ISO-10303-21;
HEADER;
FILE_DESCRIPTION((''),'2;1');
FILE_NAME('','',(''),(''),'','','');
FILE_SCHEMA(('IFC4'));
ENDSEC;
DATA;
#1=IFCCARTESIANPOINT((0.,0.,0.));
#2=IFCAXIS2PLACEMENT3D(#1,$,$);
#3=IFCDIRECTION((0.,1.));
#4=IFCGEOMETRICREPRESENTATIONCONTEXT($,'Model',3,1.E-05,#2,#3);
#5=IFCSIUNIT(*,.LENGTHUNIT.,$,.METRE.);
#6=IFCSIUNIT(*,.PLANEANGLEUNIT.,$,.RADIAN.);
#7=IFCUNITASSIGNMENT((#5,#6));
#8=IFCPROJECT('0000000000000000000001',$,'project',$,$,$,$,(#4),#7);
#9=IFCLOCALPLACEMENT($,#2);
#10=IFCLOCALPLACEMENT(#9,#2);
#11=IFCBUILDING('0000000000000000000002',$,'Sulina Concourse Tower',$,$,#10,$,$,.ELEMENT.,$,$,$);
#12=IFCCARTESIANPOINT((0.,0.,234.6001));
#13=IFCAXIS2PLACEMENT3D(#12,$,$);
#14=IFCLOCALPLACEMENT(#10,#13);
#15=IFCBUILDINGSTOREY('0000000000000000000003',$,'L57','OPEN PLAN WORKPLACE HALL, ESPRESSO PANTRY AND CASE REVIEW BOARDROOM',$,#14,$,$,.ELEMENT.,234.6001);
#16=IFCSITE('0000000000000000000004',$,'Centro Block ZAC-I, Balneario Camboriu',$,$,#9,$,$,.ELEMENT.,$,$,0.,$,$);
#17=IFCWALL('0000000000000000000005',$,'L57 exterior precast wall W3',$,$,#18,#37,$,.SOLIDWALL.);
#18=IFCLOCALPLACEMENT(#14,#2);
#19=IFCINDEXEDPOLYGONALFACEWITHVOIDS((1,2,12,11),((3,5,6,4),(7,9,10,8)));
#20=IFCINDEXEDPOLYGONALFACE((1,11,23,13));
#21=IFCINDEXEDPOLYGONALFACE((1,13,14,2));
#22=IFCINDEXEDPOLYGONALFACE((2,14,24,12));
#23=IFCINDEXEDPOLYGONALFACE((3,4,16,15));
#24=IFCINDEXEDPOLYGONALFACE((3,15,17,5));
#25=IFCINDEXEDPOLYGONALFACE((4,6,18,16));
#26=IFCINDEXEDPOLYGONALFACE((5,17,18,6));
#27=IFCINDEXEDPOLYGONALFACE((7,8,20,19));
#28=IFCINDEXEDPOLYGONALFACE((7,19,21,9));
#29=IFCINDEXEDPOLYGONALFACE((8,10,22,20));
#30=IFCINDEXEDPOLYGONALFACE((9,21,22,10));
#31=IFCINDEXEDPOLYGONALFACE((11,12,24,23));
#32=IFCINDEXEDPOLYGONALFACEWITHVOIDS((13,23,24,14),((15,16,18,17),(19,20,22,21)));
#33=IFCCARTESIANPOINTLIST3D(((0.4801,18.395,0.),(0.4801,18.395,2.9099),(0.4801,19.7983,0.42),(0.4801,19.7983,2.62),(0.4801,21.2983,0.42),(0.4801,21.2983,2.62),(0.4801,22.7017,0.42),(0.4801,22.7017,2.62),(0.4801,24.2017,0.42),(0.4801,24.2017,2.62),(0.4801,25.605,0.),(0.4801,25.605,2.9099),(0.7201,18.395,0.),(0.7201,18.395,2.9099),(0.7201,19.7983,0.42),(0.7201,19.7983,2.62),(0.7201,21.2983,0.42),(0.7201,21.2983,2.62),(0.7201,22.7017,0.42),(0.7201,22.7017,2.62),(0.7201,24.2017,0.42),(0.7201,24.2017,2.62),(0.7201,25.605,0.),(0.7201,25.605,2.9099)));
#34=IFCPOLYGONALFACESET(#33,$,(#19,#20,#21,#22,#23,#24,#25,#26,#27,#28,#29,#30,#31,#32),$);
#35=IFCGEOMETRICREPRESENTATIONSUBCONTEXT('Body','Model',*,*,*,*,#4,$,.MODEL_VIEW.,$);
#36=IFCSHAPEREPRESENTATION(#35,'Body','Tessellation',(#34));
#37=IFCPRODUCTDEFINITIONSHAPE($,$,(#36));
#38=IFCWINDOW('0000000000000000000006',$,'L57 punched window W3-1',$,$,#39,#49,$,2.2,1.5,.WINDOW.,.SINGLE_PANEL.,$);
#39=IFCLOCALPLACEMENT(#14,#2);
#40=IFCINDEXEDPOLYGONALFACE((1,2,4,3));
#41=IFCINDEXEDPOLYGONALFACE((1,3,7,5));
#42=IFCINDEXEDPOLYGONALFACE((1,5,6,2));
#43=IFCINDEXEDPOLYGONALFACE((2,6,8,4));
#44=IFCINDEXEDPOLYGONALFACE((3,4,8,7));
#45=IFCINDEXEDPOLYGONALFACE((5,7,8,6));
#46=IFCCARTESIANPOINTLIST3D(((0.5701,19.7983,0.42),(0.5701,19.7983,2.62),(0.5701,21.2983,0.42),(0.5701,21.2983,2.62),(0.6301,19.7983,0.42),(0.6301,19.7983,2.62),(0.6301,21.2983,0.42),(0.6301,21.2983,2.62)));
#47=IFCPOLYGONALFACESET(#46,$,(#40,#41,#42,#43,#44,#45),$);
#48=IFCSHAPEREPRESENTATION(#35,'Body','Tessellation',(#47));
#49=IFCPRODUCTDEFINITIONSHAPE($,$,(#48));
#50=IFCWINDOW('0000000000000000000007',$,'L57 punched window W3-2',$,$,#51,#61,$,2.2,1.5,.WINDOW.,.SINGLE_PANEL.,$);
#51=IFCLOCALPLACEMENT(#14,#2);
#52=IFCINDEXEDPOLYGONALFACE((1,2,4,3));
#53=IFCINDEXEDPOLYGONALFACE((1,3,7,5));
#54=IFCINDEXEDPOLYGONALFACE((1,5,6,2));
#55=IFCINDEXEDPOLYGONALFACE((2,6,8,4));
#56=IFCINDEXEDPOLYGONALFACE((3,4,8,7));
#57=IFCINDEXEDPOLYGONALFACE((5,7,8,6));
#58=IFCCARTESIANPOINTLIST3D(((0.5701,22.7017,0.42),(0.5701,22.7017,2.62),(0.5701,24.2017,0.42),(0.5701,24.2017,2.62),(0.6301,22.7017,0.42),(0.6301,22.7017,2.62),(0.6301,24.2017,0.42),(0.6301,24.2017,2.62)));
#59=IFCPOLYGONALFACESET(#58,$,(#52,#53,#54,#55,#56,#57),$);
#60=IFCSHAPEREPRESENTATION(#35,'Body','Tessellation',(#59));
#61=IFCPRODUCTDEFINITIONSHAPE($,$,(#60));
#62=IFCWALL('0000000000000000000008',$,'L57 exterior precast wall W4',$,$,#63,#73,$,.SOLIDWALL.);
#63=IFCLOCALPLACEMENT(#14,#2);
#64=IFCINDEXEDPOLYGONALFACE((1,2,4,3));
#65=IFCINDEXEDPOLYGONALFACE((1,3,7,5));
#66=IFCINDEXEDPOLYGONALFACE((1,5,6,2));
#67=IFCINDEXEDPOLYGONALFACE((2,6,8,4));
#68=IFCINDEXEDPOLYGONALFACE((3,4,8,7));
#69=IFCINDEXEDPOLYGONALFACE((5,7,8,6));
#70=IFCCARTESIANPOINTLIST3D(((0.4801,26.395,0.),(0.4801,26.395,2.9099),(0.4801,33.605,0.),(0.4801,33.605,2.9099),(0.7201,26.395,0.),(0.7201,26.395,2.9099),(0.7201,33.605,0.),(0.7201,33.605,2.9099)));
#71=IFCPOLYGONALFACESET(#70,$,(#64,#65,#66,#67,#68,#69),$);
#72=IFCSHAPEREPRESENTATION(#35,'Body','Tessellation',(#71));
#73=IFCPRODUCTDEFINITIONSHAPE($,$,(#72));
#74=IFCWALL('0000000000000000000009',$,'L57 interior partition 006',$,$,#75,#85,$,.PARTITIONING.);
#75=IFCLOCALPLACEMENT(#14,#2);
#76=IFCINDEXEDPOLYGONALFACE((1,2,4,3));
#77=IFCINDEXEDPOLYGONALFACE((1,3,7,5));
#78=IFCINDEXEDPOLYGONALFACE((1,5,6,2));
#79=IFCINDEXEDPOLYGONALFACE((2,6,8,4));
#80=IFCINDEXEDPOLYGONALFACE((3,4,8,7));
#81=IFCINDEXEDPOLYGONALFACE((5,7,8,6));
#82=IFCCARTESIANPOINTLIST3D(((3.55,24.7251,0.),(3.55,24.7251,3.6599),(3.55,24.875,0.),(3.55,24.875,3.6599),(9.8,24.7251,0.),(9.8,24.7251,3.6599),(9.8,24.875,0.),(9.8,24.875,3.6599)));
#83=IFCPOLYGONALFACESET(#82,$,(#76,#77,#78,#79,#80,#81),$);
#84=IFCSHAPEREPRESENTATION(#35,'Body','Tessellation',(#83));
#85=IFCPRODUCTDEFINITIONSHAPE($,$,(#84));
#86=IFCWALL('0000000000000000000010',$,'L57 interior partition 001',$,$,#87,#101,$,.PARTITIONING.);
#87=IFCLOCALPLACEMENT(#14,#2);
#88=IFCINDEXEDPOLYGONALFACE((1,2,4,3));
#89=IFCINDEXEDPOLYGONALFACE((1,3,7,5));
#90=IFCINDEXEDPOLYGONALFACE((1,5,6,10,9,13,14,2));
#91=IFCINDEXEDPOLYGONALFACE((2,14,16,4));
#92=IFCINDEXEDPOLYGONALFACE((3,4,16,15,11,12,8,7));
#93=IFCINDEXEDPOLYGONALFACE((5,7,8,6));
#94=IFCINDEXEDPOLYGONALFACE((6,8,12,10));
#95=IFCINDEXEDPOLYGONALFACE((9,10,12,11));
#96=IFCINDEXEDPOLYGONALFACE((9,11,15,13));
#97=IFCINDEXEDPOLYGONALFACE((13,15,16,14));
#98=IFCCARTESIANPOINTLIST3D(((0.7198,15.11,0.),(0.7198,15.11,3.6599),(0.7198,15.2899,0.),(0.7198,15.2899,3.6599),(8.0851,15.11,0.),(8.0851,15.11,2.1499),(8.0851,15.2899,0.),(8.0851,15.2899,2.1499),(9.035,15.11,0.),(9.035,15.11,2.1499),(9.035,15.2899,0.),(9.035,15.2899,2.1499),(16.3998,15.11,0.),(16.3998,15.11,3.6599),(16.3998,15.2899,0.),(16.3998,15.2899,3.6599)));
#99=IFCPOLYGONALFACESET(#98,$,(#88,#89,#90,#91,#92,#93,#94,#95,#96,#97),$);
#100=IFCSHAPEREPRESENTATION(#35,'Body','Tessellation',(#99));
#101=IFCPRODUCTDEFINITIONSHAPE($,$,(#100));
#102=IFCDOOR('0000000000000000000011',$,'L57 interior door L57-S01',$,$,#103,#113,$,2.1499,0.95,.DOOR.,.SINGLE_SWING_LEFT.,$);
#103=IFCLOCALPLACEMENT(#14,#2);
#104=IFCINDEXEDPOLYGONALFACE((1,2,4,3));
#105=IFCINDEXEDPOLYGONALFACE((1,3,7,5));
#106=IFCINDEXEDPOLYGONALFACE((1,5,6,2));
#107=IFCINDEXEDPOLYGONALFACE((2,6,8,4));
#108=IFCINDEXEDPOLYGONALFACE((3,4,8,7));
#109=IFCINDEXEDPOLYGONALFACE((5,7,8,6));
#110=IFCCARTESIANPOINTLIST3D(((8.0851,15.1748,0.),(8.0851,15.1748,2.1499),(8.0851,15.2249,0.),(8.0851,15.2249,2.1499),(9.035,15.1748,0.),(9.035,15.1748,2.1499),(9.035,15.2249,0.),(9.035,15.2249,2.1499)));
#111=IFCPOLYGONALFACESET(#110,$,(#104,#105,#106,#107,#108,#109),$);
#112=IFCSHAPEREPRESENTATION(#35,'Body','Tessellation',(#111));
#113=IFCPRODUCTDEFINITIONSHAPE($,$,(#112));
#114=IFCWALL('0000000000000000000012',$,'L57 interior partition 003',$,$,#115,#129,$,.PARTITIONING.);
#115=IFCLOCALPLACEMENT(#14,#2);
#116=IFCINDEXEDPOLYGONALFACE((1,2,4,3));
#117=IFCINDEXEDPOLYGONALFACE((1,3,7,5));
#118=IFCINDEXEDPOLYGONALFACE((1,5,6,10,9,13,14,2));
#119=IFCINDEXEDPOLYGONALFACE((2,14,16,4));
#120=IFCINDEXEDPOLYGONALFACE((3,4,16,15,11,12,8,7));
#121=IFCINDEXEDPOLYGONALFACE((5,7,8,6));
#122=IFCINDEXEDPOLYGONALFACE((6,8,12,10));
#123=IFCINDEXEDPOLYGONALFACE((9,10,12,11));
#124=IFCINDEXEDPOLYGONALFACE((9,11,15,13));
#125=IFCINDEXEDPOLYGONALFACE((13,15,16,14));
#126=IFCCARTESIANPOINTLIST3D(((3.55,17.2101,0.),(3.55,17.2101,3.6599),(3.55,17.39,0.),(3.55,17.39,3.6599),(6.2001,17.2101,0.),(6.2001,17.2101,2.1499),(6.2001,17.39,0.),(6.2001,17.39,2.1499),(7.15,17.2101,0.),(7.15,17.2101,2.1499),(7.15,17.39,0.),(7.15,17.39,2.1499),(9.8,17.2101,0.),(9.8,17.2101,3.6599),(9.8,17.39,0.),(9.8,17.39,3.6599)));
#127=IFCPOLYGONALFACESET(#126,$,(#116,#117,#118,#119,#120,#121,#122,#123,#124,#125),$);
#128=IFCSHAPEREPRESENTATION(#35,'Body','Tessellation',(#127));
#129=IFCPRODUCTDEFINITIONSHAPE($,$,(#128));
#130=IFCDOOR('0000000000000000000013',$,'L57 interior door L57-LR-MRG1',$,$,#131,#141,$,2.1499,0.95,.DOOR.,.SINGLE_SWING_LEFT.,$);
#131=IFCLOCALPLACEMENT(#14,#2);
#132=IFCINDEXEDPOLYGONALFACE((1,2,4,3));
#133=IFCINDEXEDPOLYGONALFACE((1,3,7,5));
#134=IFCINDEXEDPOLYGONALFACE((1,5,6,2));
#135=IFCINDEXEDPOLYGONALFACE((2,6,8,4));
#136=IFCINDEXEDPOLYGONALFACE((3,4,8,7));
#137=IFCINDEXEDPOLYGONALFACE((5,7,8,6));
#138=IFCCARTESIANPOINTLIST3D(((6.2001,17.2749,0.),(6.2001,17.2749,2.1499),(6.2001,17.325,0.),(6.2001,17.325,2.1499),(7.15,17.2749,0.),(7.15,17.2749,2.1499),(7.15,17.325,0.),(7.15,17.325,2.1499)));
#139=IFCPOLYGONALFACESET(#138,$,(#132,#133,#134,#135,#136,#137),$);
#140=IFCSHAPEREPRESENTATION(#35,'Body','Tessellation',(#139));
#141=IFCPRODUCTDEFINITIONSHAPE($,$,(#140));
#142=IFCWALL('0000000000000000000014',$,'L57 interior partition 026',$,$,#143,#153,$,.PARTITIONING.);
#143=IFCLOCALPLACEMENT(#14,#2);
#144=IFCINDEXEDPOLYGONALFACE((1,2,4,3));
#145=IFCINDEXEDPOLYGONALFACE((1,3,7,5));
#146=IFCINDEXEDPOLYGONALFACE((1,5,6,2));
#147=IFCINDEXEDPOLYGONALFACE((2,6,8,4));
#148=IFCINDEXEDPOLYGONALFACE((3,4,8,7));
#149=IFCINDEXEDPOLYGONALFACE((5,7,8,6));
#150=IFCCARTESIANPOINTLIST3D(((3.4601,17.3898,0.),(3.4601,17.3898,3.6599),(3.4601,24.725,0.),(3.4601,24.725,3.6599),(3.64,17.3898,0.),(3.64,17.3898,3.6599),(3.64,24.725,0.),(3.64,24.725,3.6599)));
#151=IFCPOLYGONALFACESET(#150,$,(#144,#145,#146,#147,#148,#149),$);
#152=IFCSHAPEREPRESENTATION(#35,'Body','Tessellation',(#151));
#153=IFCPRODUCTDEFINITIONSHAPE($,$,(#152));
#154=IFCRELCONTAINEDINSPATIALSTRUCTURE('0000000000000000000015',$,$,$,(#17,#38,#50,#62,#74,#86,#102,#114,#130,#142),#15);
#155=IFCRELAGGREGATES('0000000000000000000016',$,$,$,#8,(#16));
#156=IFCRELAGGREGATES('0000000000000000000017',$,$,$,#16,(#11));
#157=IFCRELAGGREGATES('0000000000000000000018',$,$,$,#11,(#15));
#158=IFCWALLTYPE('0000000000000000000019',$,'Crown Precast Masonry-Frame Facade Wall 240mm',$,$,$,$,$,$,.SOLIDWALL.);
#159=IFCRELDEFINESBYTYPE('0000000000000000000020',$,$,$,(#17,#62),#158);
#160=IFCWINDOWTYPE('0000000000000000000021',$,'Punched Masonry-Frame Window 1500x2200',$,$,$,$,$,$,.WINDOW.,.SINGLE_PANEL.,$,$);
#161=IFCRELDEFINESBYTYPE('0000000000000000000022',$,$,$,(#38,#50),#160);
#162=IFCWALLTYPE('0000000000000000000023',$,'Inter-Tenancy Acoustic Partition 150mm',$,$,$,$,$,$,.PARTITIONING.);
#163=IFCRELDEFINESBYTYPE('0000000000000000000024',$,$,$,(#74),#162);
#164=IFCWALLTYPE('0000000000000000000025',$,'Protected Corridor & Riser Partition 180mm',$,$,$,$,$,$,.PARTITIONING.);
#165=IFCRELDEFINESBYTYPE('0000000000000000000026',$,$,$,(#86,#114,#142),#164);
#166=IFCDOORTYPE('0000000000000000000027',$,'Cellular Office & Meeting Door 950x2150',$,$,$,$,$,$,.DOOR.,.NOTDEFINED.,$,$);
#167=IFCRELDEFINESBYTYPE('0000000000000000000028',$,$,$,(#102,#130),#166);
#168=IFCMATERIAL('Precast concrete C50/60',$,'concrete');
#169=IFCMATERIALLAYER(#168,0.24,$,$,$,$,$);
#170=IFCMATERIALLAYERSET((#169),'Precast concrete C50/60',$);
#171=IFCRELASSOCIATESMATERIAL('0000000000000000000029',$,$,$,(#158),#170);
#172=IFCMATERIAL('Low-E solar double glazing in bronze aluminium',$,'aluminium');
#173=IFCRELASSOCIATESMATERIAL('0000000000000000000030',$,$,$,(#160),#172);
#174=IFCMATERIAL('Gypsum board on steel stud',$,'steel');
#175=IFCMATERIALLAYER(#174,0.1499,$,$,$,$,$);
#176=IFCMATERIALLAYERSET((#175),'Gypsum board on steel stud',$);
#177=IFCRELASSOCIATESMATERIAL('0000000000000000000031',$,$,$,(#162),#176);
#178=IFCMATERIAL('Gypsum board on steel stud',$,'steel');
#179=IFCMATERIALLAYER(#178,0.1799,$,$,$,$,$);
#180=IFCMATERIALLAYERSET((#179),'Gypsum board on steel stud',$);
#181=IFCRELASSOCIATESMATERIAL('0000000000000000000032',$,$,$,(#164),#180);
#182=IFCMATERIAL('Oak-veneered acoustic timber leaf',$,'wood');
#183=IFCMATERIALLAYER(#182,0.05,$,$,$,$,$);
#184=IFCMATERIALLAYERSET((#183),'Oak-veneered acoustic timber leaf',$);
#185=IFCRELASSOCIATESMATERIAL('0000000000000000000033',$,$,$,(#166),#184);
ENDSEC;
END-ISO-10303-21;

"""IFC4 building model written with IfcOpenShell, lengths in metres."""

from ifc_helpers import new_model, si_unit, direction, frame, frame_2d, origin, place, context, subcontext, project, spatial, rectangle, extrude, material, layer, layer_set, type_object, element, fill, save


model = new_model("IFC4")

# Units and contexts
model_context = context("Model", 3, precision=1e-05, world=origin(), true_north=direction((0.0, 1.0)))
body_context = subcontext(model_context, "Body", "Model", "MODEL_VIEW")
ifc_project = project(units=[si_unit("LENGTHUNIT", "METRE"), si_unit("PLANEANGLEUNIT", "RADIAN")], contexts=[model_context])

# Site, building, storey
site_placement = place(None, origin())
site = spatial("IfcSite", under=ifc_project, at=site_placement, Name="Centro Block ZAC-I, Balneario Camboriu", CompositionType="ELEMENT", RefElevation=0.0)
building_placement = place(site_placement, origin())
building = spatial("IfcBuilding", under=site, at=building_placement, Name="Sulina Concourse Tower", CompositionType="ELEMENT")
storey_placement = place(building_placement, frame((0.0, 0.0, 234.6001)))
storey = spatial("IfcBuildingStorey", under=building, at=storey_placement, Name="L57", Description="OPEN PLAN WORKPLACE HALL, ESPRESSO PANTRY AND CASE REVIEW BOARDROOM", CompositionType="ELEMENT", Elevation=234.6001)

# Wall, openings, windows
ifc_material_1 = material(Name="Precast concrete C50/60", Category="concrete")
ifc_layer_1 = layer(ifc_material_1, 0.24)
ifc_layer_set_1 = layer_set([ifc_layer_1], Name="Precast concrete C50/60")
wall_type_1 = type_object("IfcWallType", Name="Crown Precast Masonry-Frame Facade Wall 240mm", PredefinedType="SOLIDWALL", material=ifc_layer_set_1)
wall_1_placement = place(storey_placement, frame((0.6001, 18.395, 0.0), z_axis=(0.0, 0.0, 1.0), x_axis=(0.0, 1.0, 0.0)))
wall_1 = element("IfcWall", 1, at=wall_1_placement, inside=storey, type_object=wall_type_1, Name="L57 exterior precast wall W3", PredefinedType="SOLIDWALL", context=body_context, shape_type="SweptSolid", body=[
    extrude(rectangle(XDim=7.21, YDim=0.24, at=frame_2d((3.605, 0.0))), origin(), (0.0, 0.0, 1.0), 2.9099),
])
opening_1_placement = place(wall_1_placement, frame((1.4033, 0.0, 0.4199)))
opening_1 = element("IfcOpeningElement", 2, at=opening_1_placement, cuts=wall_1, PredefinedType="OPENING", context=body_context, shape_type="SweptSolid", body=[
    extrude(rectangle(XDim=1.5, YDim=2.2, at=frame_2d((0.75, 1.1001))), frame((0.0, 0.1299, 0.0), z_axis=(0.0, -1.0, 0.0), x_axis=(1.0, 0.0, 0.0)), (0.0, 0.0, 1.0), 0.26),
])
opening_2_placement = place(wall_1_placement, frame((4.3066, 0.0, 0.4199)))
opening_2 = element("IfcOpeningElement", 3, at=opening_2_placement, cuts=wall_1, PredefinedType="OPENING", context=body_context, shape_type="SweptSolid", body=[
    extrude(rectangle(XDim=1.5, YDim=2.2, at=frame_2d((0.75, 1.1001))), frame((0.0, 0.1299, 0.0), z_axis=(0.0, -1.0, 0.0), x_axis=(1.0, 0.0, 0.0)), (0.0, 0.0, 1.0), 0.26),
])
ifc_material_2 = material(Name="Low-E solar double glazing in bronze aluminium", Category="aluminium")
window_type = type_object("IfcWindowType", Name="Punched Masonry-Frame Window 1500x2200", PartitioningType="SINGLE_PANEL", PredefinedType="WINDOW", material=ifc_material_2)
window_1_placement = place(opening_1_placement, origin())
window_1 = element("IfcWindow", 4, at=window_1_placement, inside=storey, type_object=window_type, Name="L57 punched window W3-1", OverallHeight=2.2, OverallWidth=1.5, PartitioningType="SINGLE_PANEL", PredefinedType="WINDOW", context=body_context, shape_type="SweptSolid", body=[
    extrude(rectangle(XDim=1.5, YDim=2.2, at=frame_2d((0.75, 1.1001))), frame((0.0, 0.03, 0.0), z_axis=(0.0, -1.0, 0.0), x_axis=(1.0, 0.0, 0.0)), (0.0, 0.0, 1.0), 0.0601),
])
fill(opening_1, window_1)
window_2_placement = place(opening_2_placement, origin())
window_2 = element("IfcWindow", 5, at=window_2_placement, inside=storey, type_object=window_type, Name="L57 punched window W3-2", OverallHeight=2.2, OverallWidth=1.5, PartitioningType="SINGLE_PANEL", PredefinedType="WINDOW", context=body_context, shape_type="SweptSolid", body=[
    extrude(rectangle(XDim=1.5, YDim=2.2, at=frame_2d((0.75, 1.1001))), frame((0.0, 0.03, 0.0), z_axis=(0.0, -1.0, 0.0), x_axis=(1.0, 0.0, 0.0)), (0.0, 0.0, 1.0), 0.0601),
])
fill(opening_2, window_2)

# Walls
wall_2_placement = place(storey_placement, frame((0.6001, 26.395, 0.0), z_axis=(0.0, 0.0, 1.0), x_axis=(0.0, 1.0, 0.0)))
element("IfcWall", 6, at=wall_2_placement, inside=storey, type_object=wall_type_1, Name="L57 exterior precast wall W4", PredefinedType="SOLIDWALL", context=body_context, shape_type="SweptSolid", body=[
    extrude(rectangle(XDim=7.21, YDim=0.24, at=frame_2d((3.605, 0.0))), origin(), (0.0, 0.0, 1.0), 2.9099),
])
ifc_material_3 = material(Name="Gypsum board on steel stud", Category="steel")
ifc_layer_2 = layer(ifc_material_3, 0.1499)
ifc_layer_set_2 = layer_set([ifc_layer_2], Name="Gypsum board on steel stud")
wall_type_2 = type_object("IfcWallType", Name="Inter-Tenancy Acoustic Partition 150mm", PredefinedType="PARTITIONING", material=ifc_layer_set_2)
wall_3_placement = place(storey_placement, frame((3.55, 24.8, 0.0), z_axis=(0.0, 0.0, 1.0), x_axis=(1.0, 0.0, 0.0)))
element("IfcWall", 7, at=wall_3_placement, inside=storey, type_object=wall_type_2, Name="L57 interior partition 006", PredefinedType="PARTITIONING", context=body_context, shape_type="SweptSolid", body=[
    extrude(rectangle(XDim=6.25, YDim=0.1499, at=frame_2d((3.125, 0.0))), origin(), (0.0, 0.0, 1.0), 3.6599),
])

# Walls, openings, doors
ifc_material_4 = material(Name="Gypsum board on steel stud", Category="steel")
ifc_layer_3 = layer(ifc_material_4, 0.1799)
ifc_layer_set_3 = layer_set([ifc_layer_3], Name="Gypsum board on steel stud")
wall_type_3 = type_object("IfcWallType", Name="Protected Corridor & Riser Partition 180mm", PredefinedType="PARTITIONING", material=ifc_layer_set_3)
wall_4_placement = place(storey_placement, frame((0.72, 15.2, 0.0), z_axis=(0.0, 0.0, 1.0), x_axis=(1.0, 0.0, 0.0)))
wall_4 = element("IfcWall", 8, at=wall_4_placement, inside=storey, type_object=wall_type_3, Name="L57 interior partition 001", PredefinedType="PARTITIONING", context=body_context, shape_type="SweptSolid", body=[
    extrude(rectangle(XDim=15.6799, YDim=0.1799, at=frame_2d((7.8398, 0.0))), origin(), (0.0, 0.0, 1.0), 3.6599),
])
opening_3_placement = place(wall_4_placement, frame((7.365, 0.0, 0.0)))
opening_3 = element("IfcOpeningElement", 9, at=opening_3_placement, cuts=wall_4, PredefinedType="OPENING", context=body_context, shape_type="SweptSolid", body=[
    extrude(rectangle(XDim=0.95, YDim=2.1499, at=frame_2d((0.4751, 1.075))), frame((0.0, 0.0999, 0.0), z_axis=(0.0, -1.0, 0.0), x_axis=(1.0, 0.0, 0.0)), (0.0, 0.0, 1.0), 0.2),
])
ifc_material_5 = material(Name="Oak-veneered acoustic timber leaf", Category="wood")
ifc_layer_4 = layer(ifc_material_5, 0.05)
ifc_layer_set_4 = layer_set([ifc_layer_4], Name="Oak-veneered acoustic timber leaf")
door_type_1 = type_object("IfcDoorType", Name="Cellular Office & Meeting Door 950x2150", OperationType="NOTDEFINED", PredefinedType="DOOR", material=ifc_layer_set_4)
door_1_placement = place(opening_3_placement, origin())
door_1 = element("IfcDoor", 10, at=door_1_placement, inside=storey, type_object=door_type_1, Name="L57 interior door L57-S01", OperationType="SINGLE_SWING_LEFT", OverallHeight=2.1499, OverallWidth=0.95, PredefinedType="DOOR", context=body_context, shape_type="SweptSolid", body=[
    extrude(rectangle(XDim=0.95, YDim=2.1499, at=frame_2d((0.4751, 1.075))), frame((0.0, 0.0249, 0.0), z_axis=(0.0, -1.0, 0.0), x_axis=(1.0, 0.0, 0.0)), (0.0, 0.0, 1.0), 0.05),
])
fill(opening_3, door_1)
wall_5_placement = place(storey_placement, frame((3.55, 17.3, 0.0), z_axis=(0.0, 0.0, 1.0), x_axis=(1.0, 0.0, 0.0)))
wall_5 = element("IfcWall", 11, at=wall_5_placement, inside=storey, type_object=wall_type_3, Name="L57 interior partition 003", PredefinedType="PARTITIONING", context=body_context, shape_type="SweptSolid", body=[
    extrude(rectangle(XDim=6.25, YDim=0.1799, at=frame_2d((3.125, 0.0))), origin(), (0.0, 0.0, 1.0), 3.6599),
])
opening_4_placement = place(wall_5_placement, frame((2.6499, 0.0, 0.0)))
opening_4 = element("IfcOpeningElement", 12, at=opening_4_placement, cuts=wall_5, PredefinedType="OPENING", context=body_context, shape_type="SweptSolid", body=[
    extrude(rectangle(XDim=0.95, YDim=2.1499, at=frame_2d((0.4751, 1.075))), frame((0.0, 0.0999, 0.0), z_axis=(0.0, -1.0, 0.0), x_axis=(1.0, 0.0, 0.0)), (0.0, 0.0, 1.0), 0.2),
])
door_2_placement = place(opening_4_placement, origin())
door_2 = element("IfcDoor", 13, at=door_2_placement, inside=storey, type_object=door_type_1, Name="L57 interior door L57-LR-MRG1", OperationType="SINGLE_SWING_LEFT", OverallHeight=2.1499, OverallWidth=0.95, PredefinedType="DOOR", context=body_context, shape_type="SweptSolid", body=[
    extrude(rectangle(XDim=0.95, YDim=2.1499, at=frame_2d((0.4751, 1.075))), frame((0.0, 0.0249, 0.0), z_axis=(0.0, -1.0, 0.0), x_axis=(1.0, 0.0, 0.0)), (0.0, 0.0, 1.0), 0.05),
])
fill(opening_4, door_2)

# Wall
wall_6_placement = place(storey_placement, frame((3.55, 17.3899, 0.0), z_axis=(0.0, 0.0, 1.0), x_axis=(0.0, 1.0, 0.0)))
element("IfcWall", 14, at=wall_6_placement, inside=storey, type_object=wall_type_3, Name="L57 interior partition 026", PredefinedType="PARTITIONING", context=body_context, shape_type="SweptSolid", body=[
    extrude(rectangle(XDim=7.3352, YDim=0.1799, at=frame_2d((3.6675, 0.0))), origin(), (0.0, 0.0, 1.0), 3.6599),
])

save(model, "model.ifc")
